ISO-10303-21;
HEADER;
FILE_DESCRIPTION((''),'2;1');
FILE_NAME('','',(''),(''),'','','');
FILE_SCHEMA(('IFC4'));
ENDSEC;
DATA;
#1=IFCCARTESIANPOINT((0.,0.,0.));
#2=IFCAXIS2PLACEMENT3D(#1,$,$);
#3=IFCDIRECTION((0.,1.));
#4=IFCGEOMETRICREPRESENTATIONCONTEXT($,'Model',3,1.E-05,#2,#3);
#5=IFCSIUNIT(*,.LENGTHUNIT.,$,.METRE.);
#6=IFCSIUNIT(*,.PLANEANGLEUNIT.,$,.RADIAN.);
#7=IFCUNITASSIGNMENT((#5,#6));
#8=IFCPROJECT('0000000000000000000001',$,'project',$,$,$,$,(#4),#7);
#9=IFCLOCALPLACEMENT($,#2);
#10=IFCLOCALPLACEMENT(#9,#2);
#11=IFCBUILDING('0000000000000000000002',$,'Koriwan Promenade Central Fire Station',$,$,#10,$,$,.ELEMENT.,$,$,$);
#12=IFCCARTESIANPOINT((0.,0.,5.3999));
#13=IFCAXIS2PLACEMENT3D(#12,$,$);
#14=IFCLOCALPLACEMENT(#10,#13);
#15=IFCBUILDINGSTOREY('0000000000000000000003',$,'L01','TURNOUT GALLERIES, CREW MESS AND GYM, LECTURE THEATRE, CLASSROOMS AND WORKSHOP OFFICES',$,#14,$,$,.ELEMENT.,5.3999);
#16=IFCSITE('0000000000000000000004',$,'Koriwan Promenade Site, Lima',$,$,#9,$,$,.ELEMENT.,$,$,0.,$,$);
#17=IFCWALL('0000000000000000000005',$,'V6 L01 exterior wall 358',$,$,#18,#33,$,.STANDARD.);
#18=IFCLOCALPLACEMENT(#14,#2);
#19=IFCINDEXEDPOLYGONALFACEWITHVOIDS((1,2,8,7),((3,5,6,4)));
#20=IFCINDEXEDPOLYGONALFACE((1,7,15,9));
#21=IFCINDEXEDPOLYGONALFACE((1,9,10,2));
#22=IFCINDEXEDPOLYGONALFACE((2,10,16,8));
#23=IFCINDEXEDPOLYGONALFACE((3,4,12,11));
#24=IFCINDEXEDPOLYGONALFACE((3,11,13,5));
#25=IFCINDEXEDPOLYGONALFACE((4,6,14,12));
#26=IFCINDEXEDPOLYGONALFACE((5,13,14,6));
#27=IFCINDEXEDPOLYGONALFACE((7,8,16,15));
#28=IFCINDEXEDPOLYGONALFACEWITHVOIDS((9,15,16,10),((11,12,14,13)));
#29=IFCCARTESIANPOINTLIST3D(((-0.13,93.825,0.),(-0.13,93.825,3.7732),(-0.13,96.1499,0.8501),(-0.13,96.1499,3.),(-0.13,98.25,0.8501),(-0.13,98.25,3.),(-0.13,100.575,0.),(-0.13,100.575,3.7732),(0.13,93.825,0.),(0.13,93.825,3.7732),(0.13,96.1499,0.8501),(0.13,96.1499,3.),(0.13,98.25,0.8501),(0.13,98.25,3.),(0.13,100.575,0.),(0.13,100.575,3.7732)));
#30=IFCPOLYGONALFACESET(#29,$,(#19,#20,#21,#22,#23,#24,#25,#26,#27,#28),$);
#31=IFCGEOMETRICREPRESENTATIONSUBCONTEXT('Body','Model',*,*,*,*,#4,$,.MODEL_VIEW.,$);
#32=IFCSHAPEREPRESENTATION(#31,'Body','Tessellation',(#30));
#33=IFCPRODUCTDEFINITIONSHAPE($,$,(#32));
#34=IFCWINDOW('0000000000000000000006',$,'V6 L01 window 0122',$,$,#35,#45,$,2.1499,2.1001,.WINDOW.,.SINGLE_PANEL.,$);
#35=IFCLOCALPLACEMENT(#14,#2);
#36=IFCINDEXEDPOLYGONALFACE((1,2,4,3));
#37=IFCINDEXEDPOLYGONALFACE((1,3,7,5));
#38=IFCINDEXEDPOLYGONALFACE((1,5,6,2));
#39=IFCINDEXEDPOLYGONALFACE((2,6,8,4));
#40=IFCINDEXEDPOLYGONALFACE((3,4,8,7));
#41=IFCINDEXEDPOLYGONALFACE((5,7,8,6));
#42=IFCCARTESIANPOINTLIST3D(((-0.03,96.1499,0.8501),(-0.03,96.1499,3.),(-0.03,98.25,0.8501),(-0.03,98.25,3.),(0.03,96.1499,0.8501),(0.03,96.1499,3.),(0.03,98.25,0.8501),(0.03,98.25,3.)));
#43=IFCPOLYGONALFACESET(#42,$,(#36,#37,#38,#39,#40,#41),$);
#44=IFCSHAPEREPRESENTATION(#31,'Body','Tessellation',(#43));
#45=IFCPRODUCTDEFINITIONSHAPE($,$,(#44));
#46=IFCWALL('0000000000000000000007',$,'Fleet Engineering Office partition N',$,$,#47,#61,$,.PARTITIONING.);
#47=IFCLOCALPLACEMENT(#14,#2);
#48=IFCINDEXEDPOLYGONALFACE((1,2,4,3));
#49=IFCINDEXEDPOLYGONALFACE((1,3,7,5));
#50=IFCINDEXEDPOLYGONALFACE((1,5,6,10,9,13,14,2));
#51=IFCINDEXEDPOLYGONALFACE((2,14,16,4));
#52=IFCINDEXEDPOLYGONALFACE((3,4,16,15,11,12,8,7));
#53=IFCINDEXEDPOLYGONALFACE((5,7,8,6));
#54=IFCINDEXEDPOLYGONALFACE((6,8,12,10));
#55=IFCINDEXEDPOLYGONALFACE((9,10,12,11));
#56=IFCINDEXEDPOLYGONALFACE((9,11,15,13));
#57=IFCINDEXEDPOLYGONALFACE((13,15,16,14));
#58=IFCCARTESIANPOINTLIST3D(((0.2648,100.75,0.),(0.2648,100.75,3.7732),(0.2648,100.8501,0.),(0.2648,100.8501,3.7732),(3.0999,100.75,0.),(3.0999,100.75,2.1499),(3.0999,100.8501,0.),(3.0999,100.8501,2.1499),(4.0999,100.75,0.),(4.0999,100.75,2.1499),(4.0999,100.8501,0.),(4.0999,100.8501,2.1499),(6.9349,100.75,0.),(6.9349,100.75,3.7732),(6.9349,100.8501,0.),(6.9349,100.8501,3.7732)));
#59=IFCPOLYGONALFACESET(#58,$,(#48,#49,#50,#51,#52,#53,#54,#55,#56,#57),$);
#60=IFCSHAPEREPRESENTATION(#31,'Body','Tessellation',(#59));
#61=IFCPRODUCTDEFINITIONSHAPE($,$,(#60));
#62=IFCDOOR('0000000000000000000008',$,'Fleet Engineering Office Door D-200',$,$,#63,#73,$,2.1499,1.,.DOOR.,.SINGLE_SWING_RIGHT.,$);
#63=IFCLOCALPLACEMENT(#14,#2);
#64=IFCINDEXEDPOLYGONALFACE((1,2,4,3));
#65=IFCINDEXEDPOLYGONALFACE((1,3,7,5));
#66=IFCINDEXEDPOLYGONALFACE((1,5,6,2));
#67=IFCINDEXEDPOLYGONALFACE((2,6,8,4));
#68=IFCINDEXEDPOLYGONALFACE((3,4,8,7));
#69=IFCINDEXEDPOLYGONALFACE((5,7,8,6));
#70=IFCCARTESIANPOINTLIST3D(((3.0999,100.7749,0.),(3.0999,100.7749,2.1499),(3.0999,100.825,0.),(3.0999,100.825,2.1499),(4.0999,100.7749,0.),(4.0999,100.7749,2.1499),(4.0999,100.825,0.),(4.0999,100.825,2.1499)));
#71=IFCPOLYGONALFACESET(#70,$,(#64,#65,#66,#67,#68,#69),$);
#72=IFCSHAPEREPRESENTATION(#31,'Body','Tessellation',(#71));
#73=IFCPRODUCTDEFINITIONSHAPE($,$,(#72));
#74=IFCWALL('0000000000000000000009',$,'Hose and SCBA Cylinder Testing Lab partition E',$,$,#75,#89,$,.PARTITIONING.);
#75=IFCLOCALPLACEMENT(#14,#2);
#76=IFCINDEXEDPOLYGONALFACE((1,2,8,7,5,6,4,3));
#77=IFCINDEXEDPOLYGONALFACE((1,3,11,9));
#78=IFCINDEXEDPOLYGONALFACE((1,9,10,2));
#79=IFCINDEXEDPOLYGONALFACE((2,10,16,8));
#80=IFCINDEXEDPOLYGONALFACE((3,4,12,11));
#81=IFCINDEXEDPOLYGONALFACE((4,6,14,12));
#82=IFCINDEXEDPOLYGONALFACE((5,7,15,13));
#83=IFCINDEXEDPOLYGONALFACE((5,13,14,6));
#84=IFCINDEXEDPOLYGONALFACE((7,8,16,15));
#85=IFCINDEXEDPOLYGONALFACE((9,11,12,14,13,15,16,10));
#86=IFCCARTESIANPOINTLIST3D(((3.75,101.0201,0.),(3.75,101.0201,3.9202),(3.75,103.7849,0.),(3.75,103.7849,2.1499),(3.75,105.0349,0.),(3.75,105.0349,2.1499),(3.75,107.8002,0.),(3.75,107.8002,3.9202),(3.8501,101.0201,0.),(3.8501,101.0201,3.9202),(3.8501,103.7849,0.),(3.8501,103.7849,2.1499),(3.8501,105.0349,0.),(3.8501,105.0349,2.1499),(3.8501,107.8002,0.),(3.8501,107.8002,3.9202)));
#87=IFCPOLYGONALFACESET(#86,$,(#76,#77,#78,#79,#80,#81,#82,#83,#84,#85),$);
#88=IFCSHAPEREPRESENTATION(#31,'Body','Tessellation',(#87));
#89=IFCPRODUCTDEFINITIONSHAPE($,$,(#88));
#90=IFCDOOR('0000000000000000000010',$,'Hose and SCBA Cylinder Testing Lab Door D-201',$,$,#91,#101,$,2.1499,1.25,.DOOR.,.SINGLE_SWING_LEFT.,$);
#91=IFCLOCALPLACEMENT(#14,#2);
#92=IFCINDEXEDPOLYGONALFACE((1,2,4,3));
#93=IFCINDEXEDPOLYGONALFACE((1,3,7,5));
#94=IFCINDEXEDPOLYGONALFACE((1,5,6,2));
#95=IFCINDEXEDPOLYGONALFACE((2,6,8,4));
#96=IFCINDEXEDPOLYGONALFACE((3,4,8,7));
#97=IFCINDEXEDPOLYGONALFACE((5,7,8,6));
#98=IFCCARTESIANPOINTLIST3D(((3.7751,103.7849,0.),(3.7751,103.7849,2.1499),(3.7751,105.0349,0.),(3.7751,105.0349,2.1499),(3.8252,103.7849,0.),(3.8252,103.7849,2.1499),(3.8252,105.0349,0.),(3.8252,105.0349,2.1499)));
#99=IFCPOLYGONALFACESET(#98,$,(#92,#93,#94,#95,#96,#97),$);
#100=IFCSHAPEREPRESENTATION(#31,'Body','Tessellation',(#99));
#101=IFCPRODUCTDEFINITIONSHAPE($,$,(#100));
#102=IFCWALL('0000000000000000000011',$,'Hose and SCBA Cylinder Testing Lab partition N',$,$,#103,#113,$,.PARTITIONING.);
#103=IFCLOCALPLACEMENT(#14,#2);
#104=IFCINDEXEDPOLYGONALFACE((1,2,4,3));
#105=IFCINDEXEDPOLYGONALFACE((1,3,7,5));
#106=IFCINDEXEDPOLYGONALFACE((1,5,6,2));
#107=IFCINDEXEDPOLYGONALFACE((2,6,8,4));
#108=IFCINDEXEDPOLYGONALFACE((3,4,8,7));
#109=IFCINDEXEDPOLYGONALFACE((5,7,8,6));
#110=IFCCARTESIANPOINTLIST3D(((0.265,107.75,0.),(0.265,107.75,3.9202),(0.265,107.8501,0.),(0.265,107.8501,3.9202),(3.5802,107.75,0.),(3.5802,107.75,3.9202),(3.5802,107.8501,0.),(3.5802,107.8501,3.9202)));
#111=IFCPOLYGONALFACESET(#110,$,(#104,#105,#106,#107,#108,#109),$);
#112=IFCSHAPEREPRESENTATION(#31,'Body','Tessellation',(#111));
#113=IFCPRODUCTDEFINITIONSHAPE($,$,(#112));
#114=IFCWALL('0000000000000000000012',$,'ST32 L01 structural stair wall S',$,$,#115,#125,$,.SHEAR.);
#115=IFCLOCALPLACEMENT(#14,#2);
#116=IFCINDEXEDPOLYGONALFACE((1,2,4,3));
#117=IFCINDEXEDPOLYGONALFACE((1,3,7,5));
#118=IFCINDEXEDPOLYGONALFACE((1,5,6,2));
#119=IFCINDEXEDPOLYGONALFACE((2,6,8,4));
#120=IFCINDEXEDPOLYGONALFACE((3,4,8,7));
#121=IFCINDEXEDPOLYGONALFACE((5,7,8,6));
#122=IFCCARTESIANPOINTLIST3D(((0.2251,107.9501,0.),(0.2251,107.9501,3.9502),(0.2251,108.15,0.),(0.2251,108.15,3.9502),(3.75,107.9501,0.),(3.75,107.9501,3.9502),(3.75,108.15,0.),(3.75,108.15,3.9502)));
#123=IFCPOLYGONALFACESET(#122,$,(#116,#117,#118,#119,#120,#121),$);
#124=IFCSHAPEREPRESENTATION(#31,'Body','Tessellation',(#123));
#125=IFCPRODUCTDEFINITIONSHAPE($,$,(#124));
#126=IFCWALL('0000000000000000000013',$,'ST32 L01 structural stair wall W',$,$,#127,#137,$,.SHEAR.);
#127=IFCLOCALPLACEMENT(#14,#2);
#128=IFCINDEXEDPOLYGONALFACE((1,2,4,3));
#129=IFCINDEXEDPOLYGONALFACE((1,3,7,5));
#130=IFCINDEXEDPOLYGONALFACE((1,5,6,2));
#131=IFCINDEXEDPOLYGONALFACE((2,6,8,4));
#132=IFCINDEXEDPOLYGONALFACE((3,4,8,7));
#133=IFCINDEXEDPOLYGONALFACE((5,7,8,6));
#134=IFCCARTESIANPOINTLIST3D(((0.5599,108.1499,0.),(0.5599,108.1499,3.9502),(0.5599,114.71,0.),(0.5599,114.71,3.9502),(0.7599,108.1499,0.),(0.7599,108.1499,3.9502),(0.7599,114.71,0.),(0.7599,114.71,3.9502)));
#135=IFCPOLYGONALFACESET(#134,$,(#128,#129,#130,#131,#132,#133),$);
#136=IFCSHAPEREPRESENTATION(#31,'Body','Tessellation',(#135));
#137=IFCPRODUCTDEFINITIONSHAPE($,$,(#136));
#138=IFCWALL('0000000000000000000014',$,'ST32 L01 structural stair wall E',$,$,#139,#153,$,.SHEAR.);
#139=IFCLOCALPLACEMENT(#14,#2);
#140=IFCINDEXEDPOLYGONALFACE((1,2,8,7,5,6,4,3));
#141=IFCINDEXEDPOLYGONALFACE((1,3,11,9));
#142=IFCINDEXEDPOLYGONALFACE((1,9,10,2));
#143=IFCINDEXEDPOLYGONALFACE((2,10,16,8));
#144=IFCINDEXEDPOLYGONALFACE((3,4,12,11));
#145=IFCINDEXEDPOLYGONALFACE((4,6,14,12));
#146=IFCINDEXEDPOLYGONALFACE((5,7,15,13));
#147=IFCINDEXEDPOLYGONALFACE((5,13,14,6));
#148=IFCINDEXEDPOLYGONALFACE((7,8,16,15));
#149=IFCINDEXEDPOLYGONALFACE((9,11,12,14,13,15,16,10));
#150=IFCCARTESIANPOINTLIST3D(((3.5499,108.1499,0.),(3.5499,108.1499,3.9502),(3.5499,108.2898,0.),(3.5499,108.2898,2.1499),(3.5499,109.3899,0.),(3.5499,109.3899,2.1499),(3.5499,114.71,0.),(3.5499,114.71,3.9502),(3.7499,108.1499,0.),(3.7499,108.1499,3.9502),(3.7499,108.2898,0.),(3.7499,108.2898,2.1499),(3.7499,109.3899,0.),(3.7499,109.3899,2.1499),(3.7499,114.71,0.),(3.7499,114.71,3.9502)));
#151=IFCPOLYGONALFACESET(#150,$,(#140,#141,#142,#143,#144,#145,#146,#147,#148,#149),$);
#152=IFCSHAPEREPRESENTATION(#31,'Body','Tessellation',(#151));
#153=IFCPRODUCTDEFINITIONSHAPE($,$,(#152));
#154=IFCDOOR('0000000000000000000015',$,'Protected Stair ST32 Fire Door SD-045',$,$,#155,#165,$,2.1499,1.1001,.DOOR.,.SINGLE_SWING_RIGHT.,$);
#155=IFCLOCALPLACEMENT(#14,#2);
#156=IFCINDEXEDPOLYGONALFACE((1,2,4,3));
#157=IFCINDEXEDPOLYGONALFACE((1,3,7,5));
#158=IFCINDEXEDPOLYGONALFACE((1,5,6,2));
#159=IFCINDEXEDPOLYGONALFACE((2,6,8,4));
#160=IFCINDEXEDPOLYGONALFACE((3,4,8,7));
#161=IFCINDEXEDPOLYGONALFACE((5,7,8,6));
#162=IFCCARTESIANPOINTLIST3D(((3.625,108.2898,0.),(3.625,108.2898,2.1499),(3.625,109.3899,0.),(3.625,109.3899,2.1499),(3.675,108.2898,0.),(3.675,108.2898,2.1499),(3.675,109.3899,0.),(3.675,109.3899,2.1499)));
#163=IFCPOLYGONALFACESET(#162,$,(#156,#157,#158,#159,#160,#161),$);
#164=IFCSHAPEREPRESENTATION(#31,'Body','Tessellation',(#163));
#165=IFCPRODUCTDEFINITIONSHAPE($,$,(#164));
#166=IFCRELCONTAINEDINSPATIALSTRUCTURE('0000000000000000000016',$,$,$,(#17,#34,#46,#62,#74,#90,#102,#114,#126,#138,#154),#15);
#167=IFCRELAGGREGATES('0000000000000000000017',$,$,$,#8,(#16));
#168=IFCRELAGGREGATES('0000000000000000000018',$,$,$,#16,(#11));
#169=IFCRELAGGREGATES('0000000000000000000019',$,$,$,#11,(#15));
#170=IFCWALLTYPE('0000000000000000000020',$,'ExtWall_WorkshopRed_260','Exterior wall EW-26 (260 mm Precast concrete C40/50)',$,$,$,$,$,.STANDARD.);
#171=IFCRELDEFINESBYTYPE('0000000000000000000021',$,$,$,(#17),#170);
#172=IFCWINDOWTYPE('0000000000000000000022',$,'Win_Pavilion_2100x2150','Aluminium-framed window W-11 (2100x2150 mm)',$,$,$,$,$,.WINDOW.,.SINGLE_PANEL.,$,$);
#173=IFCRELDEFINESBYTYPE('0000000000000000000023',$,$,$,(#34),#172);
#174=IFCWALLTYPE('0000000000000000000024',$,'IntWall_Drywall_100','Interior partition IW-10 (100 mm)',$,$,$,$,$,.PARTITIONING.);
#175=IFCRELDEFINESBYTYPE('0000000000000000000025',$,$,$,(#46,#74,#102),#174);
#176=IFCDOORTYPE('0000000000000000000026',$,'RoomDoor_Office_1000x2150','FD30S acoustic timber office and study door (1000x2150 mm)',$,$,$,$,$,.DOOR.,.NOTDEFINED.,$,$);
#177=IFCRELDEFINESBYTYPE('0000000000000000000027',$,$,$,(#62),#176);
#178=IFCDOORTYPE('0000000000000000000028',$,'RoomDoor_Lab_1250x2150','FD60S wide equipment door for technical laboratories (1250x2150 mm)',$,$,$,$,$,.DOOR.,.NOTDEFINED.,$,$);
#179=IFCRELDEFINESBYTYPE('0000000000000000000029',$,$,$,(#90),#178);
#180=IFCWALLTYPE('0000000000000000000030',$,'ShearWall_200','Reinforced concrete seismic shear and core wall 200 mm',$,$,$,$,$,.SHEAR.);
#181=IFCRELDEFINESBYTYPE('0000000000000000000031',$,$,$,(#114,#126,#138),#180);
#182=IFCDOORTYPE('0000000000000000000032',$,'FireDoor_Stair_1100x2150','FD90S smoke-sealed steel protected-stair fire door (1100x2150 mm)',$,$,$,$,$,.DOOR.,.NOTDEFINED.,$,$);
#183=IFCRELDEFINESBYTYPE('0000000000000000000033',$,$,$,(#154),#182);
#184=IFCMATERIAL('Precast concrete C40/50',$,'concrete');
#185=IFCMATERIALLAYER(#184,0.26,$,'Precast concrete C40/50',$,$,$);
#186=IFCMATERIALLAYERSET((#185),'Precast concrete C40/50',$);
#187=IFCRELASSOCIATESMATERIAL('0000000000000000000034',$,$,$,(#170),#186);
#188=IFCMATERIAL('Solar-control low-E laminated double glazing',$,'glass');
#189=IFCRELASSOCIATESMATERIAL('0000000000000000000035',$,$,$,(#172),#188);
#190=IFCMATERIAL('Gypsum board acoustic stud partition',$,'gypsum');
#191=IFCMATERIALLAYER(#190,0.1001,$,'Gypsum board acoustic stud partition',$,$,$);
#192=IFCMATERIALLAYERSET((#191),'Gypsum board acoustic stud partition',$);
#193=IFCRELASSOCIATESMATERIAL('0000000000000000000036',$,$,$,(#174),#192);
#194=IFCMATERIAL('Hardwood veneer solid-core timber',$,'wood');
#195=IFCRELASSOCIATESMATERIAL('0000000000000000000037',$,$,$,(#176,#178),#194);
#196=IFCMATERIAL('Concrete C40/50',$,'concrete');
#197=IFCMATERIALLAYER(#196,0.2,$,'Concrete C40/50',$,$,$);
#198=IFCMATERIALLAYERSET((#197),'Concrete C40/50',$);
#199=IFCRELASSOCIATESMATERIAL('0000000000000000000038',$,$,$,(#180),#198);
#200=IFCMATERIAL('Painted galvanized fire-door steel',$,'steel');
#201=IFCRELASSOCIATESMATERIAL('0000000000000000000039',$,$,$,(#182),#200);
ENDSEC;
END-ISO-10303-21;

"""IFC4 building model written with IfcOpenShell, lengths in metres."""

from ifc_helpers import new_model, si_unit, direction, frame, frame_2d, origin, place, context, subcontext, project, spatial, rectangle, extrude, material, layer, layer_set, type_object, element, fill, save


model = new_model("IFC4")

# Units and contexts
model_context = context("Model", 3, precision=1e-05, world=origin(), true_north=direction((0.0, 1.0)))
body_context = subcontext(model_context, "Body", "Model", "MODEL_VIEW")
ifc_project = project(units=[si_unit("LENGTHUNIT", "METRE"), si_unit("PLANEANGLEUNIT", "RADIAN")], contexts=[model_context])

# Site, building, storey
site_placement = place(None, origin())
site = spatial("IfcSite", under=ifc_project, at=site_placement, Name="Koriwan Promenade Site, Lima", CompositionType="ELEMENT", RefElevation=0.0)
building_placement = place(site_placement, origin())
building = spatial("IfcBuilding", under=site, at=building_placement, Name="Koriwan Promenade Central Fire Station", CompositionType="ELEMENT")
storey_placement = place(building_placement, frame((0.0, 0.0, 5.3999)))
storey = spatial("IfcBuildingStorey", under=building, at=storey_placement, Name="L01", Description="TURNOUT GALLERIES, CREW MESS AND GYM, LECTURE THEATRE, CLASSROOMS AND WORKSHOP OFFICES", CompositionType="ELEMENT", Elevation=5.3999)

# Shared definitions
ifc_material_1 = material(Name="Concrete C40/50", Category="concrete")

# Wall, opening, window
ifc_material_2 = material(Name="Precast concrete C40/50", Category="concrete")
ifc_layer_1 = layer(ifc_material_2, 0.26, Name="Precast concrete C40/50")
ifc_layer_set_1 = layer_set([ifc_layer_1], Name="Precast concrete C40/50")
wall_type_1 = type_object("IfcWallType", Name="ExtWall_WorkshopRed_260", Description="Exterior wall EW-26 (260 mm Precast concrete C40/50)", PredefinedType="STANDARD", material=ifc_layer_set_1)
ifc_material_3 = material(Name="Solar-control low-E laminated double glazing", Category="glass")
wall_1_placement = place(storey_placement, frame((0.0, 100.575, 0.0), z_axis=(0.0, 0.0, 1.0), x_axis=(0.0, -1.0, 0.0)))
wall_1 = element("IfcWall", 1, at=wall_1_placement, inside=storey, type_object=wall_type_1, Name="V6 L01 exterior wall 358", PredefinedType="STANDARD", context=body_context, shape_type="SweptSolid", body=[
    extrude(rectangle(XDim=6.75, YDim=0.26, at=frame_2d((3.375, 0.0))), origin(), (0.0, 0.0, 1.0), 3.7732),
])
opening_1_placement = place(wall_1_placement, frame((2.325, 0.0, 0.8501)))
opening_1 = element("IfcOpeningElement", 2, at=opening_1_placement, cuts=wall_1, PredefinedType="OPENING", context=body_context, shape_type="SweptSolid", body=[
    extrude(rectangle(XDim=2.1001, YDim=2.1499, at=frame_2d((1.05, 1.075))), frame((0.0, 0.1421, 0.0), z_axis=(0.0, -1.0, 0.0), x_axis=(1.0, 0.0, 0.0)), (0.0, 0.0, 1.0), 0.2839),
])
window_type_1 = type_object("IfcWindowType", Name="Win_Pavilion_2100x2150", Description="Aluminium-framed window W-11 (2100x2150 mm)", PartitioningType="SINGLE_PANEL", PredefinedType="WINDOW", material=ifc_material_3)
window_1_placement = place(opening_1_placement, origin())
window_1 = element("IfcWindow", 3, at=window_1_placement, inside=storey, type_object=window_type_1, Name="V6 L01 window 0122", OverallHeight=2.1499, OverallWidth=2.1001, PartitioningType="SINGLE_PANEL", PredefinedType="WINDOW", context=body_context, shape_type="SweptSolid", body=[
    extrude(rectangle(XDim=2.1001, YDim=2.1499, at=frame_2d((1.05, 1.075))), frame((0.0, 0.03, 0.0), z_axis=(0.0, -1.0, 0.0), x_axis=(1.0, 0.0, 0.0)), (0.0, 0.0, 1.0), 0.0601),
])
fill(opening_1, window_1)

# Walls, openings, doors
ifc_material_4 = material(Name="Gypsum board acoustic stud partition", Category="gypsum")
ifc_layer_2 = layer(ifc_material_4, 0.1001, Name="Gypsum board acoustic stud partition")
ifc_layer_set_2 = layer_set([ifc_layer_2], Name="Gypsum board acoustic stud partition")
wall_type_2 = type_object("IfcWallType", Name="IntWall_Drywall_100", Description="Interior partition IW-10 (100 mm)", PredefinedType="PARTITIONING", material=ifc_layer_set_2)
wall_2_placement = place(storey_placement, frame((0.2649, 100.8, 0.0), z_axis=(0.0, 0.0, 1.0), x_axis=(1.0, 0.0, 0.0)))
wall_2 = element("IfcWall", 4, at=wall_2_placement, inside=storey, type_object=wall_type_2, Name="Fleet Engineering Office partition N", PredefinedType="PARTITIONING", context=body_context, shape_type="SweptSolid", body=[
    extrude(rectangle(XDim=6.6702, YDim=0.1001, at=frame_2d((3.335, 0.0))), origin(), (0.0, 0.0, 1.0), 3.7732),
])
opening_2_placement = place(wall_2_placement, frame((2.835, 0.0, 0.0)))
opening_2 = element("IfcOpeningElement", 5, at=opening_2_placement, cuts=wall_2, PredefinedType="OPENING", context=body_context, shape_type="SweptSolid", body=[
    extrude(rectangle(XDim=1.0, YDim=2.1499, at=frame_2d((0.5, 1.075))), frame((0.0, 0.062, 0.0), z_axis=(0.0, -1.0, 0.0), x_axis=(1.0, 0.0, 0.0)), (0.0, 0.0, 1.0), 0.124),
])
ifc_material_5 = material(Name="Hardwood veneer solid-core timber", Category="wood")
door_type_1 = type_object("IfcDoorType", Name="RoomDoor_Office_1000x2150", Description="FD30S acoustic timber office and study door (1000x2150 mm)", OperationType="NOTDEFINED", PredefinedType="DOOR", material=ifc_material_5)
door_1_placement = place(opening_2_placement, origin())
door_1 = element("IfcDoor", 6, at=door_1_placement, inside=storey, type_object=door_type_1, Name="Fleet Engineering Office Door D-200", OperationType="SINGLE_SWING_RIGHT", OverallHeight=2.1499, OverallWidth=1.0, PredefinedType="DOOR", context=body_context, shape_type="SweptSolid", body=[
    extrude(rectangle(XDim=1.0, YDim=2.1499, at=frame_2d((0.5, 1.075))), frame((0.0, 0.0249, 0.0), z_axis=(0.0, -1.0, 0.0), x_axis=(1.0, 0.0, 0.0)), (0.0, 0.0, 1.0), 0.05),
])
fill(opening_2, door_1)
wall_3_placement = place(storey_placement, frame((3.8, 101.02, 0.0), z_axis=(0.0, 0.0, 1.0), x_axis=(0.0, 1.0, 0.0)))
wall_3 = element("IfcWall", 7, at=wall_3_placement, inside=storey, type_object=wall_type_2, Name="Hose and SCBA Cylinder Testing Lab partition E", PredefinedType="PARTITIONING", context=body_context, shape_type="SweptSolid", body=[
    extrude(rectangle(XDim=6.78, YDim=0.1001, at=frame_2d((3.3901, 0.0))), origin(), (0.0, 0.0, 1.0), 3.9202),
])
opening_3_placement = place(wall_3_placement, frame((2.7649, 0.0, 0.0)))
opening_3 = element("IfcOpeningElement", 8, at=opening_3_placement, cuts=wall_3, PredefinedType="OPENING", context=body_context, shape_type="SweptSolid", body=[
    extrude(rectangle(XDim=1.25, YDim=2.1499, at=frame_2d((0.625, 1.075))), frame((0.0, 0.062, 0.0), z_axis=(0.0, -1.0, 0.0), x_axis=(1.0, 0.0, 0.0)), (0.0, 0.0, 1.0), 0.124),
])
door_type_2 = type_object("IfcDoorType", Name="RoomDoor_Lab_1250x2150", Description="FD60S wide equipment door for technical laboratories (1250x2150 mm)", OperationType="NOTDEFINED", PredefinedType="DOOR", material=ifc_material_5)
door_2_placement = place(opening_3_placement, origin())
door_2 = element("IfcDoor", 9, at=door_2_placement, inside=storey, type_object=door_type_2, Name="Hose and SCBA Cylinder Testing Lab Door D-201", OperationType="SINGLE_SWING_LEFT", OverallHeight=2.1499, OverallWidth=1.25, PredefinedType="DOOR", context=body_context, shape_type="SweptSolid", body=[
    extrude(rectangle(XDim=1.25, YDim=2.1499, at=frame_2d((0.625, 1.075))), frame((0.0, 0.0249, 0.0), z_axis=(0.0, -1.0, 0.0), x_axis=(1.0, 0.0, 0.0)), (0.0, 0.0, 1.0), 0.05),
])
fill(opening_3, door_2)

# Walls
wall_4_placement = place(storey_placement, frame((0.2649, 107.8, 0.0), z_axis=(0.0, 0.0, 1.0), x_axis=(1.0, 0.0, 0.0)))
element("IfcWall", 10, at=wall_4_placement, inside=storey, type_object=wall_type_2, Name="Hose and SCBA Cylinder Testing Lab partition N", PredefinedType="PARTITIONING", context=body_context, shape_type="SweptSolid", body=[
    extrude(rectangle(XDim=3.3152, YDim=0.1001, at=frame_2d((1.6577, 0.0))), origin(), (0.0, 0.0, 1.0), 3.9202),
])
ifc_layer_3 = layer(ifc_material_1, 0.2, Name="Concrete C40/50")
ifc_layer_set_3 = layer_set([ifc_layer_3], Name="Concrete C40/50")
wall_type_3 = type_object("IfcWallType", Name="ShearWall_200", Description="Reinforced concrete seismic shear and core wall 200 mm", PredefinedType="SHEAR", material=ifc_layer_set_3)
wall_5_placement = place(storey_placement, frame((0.2251, 108.05, 0.0), z_axis=(0.0, 0.0, 1.0), x_axis=(1.0, 0.0, 0.0)))
element("IfcWall", 11, at=wall_5_placement, inside=storey, type_object=wall_type_3, Name="ST32 L01 structural stair wall S", PredefinedType="SHEAR", context=body_context, shape_type="SweptSolid", body=[
    extrude(rectangle(XDim=3.5249, YDim=0.2, at=frame_2d((1.7625, 0.0))), origin(), (0.0, 0.0, 1.0), 3.9502),
])
wall_6_placement = place(storey_placement, frame((0.6599, 108.1499, 0.0), z_axis=(0.0, 0.0, 1.0), x_axis=(0.0, 1.0, 0.0)))
element("IfcWall", 12, at=wall_6_placement, inside=storey, type_object=wall_type_3, Name="ST32 L01 structural stair wall W", PredefinedType="SHEAR", context=body_context, shape_type="SweptSolid", body=[
    extrude(rectangle(XDim=6.5601, YDim=0.2, at=frame_2d((3.28, 0.0))), origin(), (0.0, 0.0, 1.0), 3.9502),
])

# Wall, opening, door
wall_7_placement = place(storey_placement, frame((3.6499, 108.1499, 0.0), z_axis=(0.0, 0.0, 1.0), x_axis=(0.0, 1.0, 0.0)))
wall_7 = element("IfcWall", 13, at=wall_7_placement, inside=storey, type_object=wall_type_3, Name="ST32 L01 structural stair wall E", PredefinedType="SHEAR", context=body_context, shape_type="SweptSolid", body=[
    extrude(rectangle(XDim=6.5601, YDim=0.2, at=frame_2d((3.28, 0.0))), origin(), (0.0, 0.0, 1.0), 3.9502),
])
opening_4_placement = place(wall_7_placement, frame((0.1399, 0.0, 0.0)))
opening_4 = element("IfcOpeningElement", 14, at=opening_4_placement, cuts=wall_7, PredefinedType="OPENING", context=body_context, shape_type="SweptSolid", body=[
    extrude(rectangle(XDim=1.1001, YDim=2.1499, at=frame_2d((0.55, 1.075))), frame((0.0, 0.1118, 0.0), z_axis=(0.0, -1.0, 0.0), x_axis=(1.0, 0.0, 0.0)), (0.0, 0.0, 1.0), 0.2239),
])
ifc_material_6 = material(Name="Painted galvanized fire-door steel", Category="steel")
door_type_3 = type_object("IfcDoorType", Name="FireDoor_Stair_1100x2150", Description="FD90S smoke-sealed steel protected-stair fire door (1100x2150 mm)", OperationType="NOTDEFINED", PredefinedType="DOOR", material=ifc_material_6)
door_3_placement = place(opening_4_placement, origin())
door_3 = element("IfcDoor", 15, at=door_3_placement, inside=storey, type_object=door_type_3, Name="Protected Stair ST32 Fire Door SD-045", OperationType="SINGLE_SWING_RIGHT", OverallHeight=2.1499, OverallWidth=1.1001, PredefinedType="DOOR", context=body_context, shape_type="SweptSolid", body=[
    extrude(rectangle(XDim=1.1001, YDim=2.1499, at=frame_2d((0.55, 1.075))), frame((0.0, 0.0249, 0.0), z_axis=(0.0, -1.0, 0.0), x_axis=(1.0, 0.0, 0.0)), (0.0, 0.0, 1.0), 0.05),
])
fill(opening_4, door_3)

save(model, "model.ifc")
